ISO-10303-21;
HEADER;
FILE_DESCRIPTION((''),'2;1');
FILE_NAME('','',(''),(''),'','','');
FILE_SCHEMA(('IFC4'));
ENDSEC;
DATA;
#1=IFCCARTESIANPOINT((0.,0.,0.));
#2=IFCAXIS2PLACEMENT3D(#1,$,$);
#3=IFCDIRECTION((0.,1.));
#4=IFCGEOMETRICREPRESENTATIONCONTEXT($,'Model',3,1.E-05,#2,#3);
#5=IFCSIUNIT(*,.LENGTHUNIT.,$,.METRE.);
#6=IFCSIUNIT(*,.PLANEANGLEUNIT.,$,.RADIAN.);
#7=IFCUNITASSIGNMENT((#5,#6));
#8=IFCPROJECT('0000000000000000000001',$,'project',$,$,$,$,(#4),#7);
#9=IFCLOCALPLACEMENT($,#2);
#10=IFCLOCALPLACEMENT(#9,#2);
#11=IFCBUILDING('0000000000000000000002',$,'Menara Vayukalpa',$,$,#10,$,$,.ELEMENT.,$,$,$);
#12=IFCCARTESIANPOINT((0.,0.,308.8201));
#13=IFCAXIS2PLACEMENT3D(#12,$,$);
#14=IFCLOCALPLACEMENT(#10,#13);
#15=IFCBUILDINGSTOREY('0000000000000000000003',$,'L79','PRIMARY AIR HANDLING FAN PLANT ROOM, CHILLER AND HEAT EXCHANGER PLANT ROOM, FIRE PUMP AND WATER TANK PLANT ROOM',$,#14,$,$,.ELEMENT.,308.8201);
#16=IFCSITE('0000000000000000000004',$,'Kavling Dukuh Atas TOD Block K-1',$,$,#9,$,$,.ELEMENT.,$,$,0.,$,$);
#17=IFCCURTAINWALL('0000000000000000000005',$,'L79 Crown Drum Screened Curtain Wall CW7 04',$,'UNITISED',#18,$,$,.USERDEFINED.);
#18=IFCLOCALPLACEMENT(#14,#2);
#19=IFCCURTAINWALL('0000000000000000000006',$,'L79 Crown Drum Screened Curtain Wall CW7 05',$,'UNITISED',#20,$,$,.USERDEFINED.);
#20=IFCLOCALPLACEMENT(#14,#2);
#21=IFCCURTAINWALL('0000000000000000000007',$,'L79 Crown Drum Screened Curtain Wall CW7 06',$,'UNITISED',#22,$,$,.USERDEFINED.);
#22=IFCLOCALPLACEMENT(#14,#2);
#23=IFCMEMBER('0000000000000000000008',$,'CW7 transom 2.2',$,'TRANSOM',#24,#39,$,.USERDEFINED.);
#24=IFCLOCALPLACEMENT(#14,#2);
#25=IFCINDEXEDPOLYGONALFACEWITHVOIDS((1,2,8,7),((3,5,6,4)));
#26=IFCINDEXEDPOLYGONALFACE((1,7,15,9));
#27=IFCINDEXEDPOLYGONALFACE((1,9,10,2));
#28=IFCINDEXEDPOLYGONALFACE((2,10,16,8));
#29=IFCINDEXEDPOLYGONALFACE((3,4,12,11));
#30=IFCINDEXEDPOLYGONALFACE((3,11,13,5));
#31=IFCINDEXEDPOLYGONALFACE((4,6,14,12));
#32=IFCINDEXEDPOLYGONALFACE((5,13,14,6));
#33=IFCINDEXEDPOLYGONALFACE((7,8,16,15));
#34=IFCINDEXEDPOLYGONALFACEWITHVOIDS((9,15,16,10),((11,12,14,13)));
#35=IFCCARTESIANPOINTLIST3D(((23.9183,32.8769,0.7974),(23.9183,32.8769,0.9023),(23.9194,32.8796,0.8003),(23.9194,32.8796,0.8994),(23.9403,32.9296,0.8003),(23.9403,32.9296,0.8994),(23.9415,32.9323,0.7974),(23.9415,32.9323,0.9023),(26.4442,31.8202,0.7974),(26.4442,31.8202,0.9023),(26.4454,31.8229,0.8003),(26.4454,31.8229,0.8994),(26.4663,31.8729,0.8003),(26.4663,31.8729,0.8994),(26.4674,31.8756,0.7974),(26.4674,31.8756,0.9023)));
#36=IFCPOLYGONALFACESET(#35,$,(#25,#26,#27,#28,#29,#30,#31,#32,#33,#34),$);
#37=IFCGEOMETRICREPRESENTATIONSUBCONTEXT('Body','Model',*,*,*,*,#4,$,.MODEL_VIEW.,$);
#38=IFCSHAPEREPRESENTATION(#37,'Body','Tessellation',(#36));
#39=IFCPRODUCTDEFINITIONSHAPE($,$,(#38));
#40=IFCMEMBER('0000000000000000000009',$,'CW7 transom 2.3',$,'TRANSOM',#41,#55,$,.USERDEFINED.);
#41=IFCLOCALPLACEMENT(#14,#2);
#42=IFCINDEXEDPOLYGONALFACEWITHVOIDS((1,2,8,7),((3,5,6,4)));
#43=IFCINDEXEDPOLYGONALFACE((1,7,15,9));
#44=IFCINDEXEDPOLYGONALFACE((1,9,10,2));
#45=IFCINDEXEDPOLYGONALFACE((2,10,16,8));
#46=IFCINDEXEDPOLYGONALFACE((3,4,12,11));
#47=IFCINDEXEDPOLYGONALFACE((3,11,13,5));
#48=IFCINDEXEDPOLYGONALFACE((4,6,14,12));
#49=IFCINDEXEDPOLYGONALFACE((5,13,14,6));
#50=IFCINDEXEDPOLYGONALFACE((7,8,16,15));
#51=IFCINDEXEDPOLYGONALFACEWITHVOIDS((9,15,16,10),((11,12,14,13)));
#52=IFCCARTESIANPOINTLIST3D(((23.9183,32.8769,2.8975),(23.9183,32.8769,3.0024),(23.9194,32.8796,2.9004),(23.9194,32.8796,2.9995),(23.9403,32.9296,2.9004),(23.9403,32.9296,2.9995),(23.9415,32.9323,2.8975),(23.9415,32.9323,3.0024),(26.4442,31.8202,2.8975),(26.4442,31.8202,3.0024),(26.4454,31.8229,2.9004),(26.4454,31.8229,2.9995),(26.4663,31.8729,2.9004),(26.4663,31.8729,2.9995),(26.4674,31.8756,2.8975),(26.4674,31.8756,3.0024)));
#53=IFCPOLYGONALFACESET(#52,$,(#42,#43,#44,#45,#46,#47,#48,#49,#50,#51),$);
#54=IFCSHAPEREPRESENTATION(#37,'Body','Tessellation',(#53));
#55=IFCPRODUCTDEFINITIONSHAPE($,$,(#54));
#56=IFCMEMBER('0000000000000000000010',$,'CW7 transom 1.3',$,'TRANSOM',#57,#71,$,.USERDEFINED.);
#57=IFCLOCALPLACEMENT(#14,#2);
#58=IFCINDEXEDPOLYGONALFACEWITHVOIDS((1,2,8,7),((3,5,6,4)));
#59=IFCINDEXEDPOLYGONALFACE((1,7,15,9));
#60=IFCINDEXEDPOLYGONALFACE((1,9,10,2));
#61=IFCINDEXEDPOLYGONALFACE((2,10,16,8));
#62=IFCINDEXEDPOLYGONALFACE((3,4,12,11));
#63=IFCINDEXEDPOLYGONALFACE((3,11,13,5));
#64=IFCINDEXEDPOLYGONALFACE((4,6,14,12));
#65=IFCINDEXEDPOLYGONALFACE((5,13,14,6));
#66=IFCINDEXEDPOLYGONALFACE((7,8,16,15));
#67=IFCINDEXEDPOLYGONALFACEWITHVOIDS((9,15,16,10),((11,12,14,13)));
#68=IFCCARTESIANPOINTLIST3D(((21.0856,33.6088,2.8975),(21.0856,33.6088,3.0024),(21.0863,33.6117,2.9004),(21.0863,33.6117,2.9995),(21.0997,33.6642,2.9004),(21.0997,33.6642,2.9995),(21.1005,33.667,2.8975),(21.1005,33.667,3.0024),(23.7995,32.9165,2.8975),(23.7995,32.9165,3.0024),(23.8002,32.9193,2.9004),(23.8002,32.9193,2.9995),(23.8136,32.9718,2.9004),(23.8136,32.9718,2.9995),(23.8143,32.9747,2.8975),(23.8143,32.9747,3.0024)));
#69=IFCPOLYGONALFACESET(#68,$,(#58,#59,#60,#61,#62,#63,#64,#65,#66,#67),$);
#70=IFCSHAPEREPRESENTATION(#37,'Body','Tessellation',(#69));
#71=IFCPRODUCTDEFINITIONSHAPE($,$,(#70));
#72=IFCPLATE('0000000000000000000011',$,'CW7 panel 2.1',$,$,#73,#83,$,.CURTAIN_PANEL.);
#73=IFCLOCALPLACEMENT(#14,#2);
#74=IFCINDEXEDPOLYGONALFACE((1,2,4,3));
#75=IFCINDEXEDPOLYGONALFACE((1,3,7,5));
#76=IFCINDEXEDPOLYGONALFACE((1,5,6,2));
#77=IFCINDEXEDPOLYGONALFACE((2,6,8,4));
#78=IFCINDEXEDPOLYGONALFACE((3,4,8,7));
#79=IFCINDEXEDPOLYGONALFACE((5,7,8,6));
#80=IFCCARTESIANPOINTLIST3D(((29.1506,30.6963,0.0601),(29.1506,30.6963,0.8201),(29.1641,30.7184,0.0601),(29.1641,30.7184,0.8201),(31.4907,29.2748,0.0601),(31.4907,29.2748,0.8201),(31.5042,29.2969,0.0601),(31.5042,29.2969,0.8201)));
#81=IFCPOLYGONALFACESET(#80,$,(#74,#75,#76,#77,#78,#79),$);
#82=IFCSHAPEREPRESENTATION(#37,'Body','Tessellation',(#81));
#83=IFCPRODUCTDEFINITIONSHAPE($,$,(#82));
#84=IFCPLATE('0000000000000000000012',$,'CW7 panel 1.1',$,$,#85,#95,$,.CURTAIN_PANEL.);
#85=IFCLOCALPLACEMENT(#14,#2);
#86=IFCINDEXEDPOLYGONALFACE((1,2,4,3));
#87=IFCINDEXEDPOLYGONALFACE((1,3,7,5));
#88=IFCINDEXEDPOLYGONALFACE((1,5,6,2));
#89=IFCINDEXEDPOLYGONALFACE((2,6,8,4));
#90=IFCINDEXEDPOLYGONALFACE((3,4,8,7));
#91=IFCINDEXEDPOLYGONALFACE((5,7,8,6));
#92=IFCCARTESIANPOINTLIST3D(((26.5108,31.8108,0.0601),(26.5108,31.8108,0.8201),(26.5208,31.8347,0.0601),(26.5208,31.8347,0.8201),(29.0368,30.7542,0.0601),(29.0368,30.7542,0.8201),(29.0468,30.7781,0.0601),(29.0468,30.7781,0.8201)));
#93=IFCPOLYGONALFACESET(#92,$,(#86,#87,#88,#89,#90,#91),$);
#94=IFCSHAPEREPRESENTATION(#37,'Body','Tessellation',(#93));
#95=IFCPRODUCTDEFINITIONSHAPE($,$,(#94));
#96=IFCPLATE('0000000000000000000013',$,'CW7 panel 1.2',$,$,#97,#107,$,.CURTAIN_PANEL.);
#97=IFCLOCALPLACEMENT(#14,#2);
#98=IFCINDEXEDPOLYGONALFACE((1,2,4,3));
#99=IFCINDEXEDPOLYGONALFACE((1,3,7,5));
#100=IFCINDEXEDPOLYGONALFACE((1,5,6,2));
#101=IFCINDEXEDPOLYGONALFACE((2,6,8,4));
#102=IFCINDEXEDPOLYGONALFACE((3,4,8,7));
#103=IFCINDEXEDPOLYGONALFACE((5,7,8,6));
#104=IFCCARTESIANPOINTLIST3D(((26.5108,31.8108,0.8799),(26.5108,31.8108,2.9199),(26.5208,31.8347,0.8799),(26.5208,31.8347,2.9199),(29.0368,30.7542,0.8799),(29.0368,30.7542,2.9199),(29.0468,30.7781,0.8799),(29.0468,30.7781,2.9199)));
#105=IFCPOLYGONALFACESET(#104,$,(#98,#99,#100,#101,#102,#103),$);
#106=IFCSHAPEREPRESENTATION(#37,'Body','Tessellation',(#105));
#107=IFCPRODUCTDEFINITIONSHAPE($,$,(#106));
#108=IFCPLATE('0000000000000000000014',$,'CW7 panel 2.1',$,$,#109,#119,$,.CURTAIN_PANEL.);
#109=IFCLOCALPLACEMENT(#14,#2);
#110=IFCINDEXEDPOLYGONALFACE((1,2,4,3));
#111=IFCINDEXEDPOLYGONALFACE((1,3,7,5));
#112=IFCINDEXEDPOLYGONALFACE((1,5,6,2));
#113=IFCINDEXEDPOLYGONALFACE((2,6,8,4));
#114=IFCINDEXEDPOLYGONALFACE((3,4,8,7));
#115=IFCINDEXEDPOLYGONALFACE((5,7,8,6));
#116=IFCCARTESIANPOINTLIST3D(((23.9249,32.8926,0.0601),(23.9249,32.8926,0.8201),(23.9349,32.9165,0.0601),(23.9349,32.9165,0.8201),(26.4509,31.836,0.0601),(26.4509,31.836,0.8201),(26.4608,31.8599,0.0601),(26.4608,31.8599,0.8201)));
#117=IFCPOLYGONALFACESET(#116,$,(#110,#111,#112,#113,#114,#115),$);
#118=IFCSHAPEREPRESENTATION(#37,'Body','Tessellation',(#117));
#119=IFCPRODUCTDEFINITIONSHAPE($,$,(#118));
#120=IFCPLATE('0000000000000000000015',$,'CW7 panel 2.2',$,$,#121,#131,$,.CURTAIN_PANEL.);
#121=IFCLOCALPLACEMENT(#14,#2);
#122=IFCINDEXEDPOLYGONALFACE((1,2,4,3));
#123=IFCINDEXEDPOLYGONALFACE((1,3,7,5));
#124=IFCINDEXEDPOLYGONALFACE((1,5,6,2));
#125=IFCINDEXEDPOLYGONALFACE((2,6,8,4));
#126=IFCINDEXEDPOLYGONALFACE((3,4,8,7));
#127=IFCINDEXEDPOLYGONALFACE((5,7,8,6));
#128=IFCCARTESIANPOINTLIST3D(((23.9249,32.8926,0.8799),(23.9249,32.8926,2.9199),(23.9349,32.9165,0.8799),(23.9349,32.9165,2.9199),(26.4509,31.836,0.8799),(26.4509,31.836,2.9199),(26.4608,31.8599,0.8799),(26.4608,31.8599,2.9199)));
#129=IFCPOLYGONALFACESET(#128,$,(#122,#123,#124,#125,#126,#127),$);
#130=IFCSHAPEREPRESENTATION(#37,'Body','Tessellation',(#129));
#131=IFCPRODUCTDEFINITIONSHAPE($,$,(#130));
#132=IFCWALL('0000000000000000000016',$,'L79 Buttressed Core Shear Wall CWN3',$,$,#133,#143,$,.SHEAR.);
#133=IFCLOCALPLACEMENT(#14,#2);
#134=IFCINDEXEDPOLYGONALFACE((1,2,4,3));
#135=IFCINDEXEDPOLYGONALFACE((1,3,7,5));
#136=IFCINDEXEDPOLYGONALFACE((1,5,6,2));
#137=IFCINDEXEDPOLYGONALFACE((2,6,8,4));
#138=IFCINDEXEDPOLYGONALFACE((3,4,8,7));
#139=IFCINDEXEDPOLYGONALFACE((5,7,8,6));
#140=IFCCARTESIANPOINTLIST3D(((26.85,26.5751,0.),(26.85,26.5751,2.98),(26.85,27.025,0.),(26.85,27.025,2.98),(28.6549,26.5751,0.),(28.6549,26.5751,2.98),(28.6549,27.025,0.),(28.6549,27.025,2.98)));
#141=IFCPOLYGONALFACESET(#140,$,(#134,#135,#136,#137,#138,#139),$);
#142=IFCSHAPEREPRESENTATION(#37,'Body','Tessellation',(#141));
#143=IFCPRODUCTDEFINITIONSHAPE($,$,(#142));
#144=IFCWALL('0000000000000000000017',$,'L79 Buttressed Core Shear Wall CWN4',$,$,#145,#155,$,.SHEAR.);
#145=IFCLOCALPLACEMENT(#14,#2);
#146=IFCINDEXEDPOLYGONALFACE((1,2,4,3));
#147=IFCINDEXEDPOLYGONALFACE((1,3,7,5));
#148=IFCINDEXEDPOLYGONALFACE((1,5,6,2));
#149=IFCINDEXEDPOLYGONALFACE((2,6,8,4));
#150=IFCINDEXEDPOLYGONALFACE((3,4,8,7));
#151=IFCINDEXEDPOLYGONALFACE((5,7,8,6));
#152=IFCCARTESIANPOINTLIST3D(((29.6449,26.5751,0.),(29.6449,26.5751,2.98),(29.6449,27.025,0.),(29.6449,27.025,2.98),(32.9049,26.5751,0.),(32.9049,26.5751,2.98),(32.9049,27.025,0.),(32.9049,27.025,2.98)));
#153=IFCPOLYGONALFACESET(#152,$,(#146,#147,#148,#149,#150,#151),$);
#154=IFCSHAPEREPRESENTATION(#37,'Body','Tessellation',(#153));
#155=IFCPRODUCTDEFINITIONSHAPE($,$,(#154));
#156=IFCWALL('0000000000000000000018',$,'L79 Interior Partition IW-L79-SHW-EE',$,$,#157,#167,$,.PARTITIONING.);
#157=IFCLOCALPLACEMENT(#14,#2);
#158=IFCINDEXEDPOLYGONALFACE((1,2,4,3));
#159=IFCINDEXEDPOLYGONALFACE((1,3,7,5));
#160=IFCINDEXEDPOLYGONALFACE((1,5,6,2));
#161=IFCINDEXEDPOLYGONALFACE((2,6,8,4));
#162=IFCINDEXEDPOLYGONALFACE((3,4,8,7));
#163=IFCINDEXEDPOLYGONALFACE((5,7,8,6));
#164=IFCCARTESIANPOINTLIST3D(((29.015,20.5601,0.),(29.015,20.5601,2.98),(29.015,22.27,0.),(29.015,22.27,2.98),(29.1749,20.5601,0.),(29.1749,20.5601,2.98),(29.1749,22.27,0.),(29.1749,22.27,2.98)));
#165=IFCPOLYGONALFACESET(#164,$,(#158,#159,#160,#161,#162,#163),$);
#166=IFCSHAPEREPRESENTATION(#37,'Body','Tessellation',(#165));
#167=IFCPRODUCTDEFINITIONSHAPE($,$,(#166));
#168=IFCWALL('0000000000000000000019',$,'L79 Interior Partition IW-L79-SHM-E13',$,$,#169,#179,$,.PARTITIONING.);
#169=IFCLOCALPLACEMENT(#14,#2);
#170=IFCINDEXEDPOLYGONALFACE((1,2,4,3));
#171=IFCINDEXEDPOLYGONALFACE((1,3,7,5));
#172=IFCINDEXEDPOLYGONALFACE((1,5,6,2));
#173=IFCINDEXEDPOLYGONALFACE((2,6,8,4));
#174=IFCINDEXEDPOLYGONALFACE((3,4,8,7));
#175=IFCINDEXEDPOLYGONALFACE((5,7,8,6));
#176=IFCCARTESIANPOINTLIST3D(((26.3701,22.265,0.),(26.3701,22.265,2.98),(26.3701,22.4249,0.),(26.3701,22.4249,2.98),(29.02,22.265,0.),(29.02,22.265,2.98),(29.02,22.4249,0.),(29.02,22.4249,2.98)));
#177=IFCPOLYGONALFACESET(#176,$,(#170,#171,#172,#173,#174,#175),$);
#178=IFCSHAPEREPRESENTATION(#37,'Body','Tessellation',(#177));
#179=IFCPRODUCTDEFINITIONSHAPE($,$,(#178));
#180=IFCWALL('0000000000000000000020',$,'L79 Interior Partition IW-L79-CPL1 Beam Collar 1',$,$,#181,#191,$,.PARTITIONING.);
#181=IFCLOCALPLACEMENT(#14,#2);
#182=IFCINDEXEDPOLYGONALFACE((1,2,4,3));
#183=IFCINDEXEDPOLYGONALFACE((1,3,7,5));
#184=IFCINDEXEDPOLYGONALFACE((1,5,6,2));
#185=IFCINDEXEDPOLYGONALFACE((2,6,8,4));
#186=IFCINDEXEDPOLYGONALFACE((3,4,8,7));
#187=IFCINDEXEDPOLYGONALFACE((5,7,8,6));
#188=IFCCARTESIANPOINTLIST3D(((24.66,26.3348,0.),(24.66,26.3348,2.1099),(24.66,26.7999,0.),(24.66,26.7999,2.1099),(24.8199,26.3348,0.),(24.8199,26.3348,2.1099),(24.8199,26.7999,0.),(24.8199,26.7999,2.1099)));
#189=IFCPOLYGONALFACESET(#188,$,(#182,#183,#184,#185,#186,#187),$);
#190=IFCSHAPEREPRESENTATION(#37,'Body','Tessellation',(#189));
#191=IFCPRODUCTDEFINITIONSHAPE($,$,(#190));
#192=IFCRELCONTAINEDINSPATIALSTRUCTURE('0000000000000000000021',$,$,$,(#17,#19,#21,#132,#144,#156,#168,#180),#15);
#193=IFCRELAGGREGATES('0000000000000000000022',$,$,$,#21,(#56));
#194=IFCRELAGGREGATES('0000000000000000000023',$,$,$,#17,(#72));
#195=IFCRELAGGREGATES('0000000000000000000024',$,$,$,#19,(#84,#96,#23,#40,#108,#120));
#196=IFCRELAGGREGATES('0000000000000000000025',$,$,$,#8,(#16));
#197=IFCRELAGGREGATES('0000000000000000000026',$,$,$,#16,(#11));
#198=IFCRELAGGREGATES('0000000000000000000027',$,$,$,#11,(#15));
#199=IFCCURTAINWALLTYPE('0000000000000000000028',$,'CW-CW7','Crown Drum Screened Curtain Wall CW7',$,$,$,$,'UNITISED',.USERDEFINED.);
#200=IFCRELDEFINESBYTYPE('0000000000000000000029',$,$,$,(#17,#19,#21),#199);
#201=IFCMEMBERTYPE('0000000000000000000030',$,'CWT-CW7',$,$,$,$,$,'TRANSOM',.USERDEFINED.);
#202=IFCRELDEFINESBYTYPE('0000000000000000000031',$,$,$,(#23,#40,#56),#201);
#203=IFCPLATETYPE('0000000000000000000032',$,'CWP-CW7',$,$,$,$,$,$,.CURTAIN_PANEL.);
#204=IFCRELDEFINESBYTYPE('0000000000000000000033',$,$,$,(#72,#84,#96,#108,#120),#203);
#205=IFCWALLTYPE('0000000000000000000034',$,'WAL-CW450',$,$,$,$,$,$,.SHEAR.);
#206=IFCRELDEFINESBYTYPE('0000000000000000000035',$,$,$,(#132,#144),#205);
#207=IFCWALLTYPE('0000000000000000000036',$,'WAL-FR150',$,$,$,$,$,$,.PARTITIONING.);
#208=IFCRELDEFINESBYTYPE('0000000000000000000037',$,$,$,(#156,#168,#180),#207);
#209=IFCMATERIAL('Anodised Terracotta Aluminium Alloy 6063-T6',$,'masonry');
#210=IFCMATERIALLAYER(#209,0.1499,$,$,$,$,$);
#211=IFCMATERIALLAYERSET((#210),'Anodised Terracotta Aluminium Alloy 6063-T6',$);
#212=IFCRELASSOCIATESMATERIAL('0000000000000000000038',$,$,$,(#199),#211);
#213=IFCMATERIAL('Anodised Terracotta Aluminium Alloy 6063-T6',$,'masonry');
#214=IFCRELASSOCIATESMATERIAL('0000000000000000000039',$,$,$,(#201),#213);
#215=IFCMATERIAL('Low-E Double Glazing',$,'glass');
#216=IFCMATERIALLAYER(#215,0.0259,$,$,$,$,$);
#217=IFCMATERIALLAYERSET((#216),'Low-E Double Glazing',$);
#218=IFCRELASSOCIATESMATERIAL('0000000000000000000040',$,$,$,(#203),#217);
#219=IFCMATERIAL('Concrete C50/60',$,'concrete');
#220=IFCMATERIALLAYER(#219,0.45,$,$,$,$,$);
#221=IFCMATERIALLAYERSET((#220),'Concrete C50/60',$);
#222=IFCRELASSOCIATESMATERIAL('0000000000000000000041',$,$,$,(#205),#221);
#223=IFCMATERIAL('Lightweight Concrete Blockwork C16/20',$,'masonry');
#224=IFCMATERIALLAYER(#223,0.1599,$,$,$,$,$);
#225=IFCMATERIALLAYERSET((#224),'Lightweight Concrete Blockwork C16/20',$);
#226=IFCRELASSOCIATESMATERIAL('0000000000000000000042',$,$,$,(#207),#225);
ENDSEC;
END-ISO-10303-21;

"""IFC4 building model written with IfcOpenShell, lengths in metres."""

from ifc_helpers import new_model, si_unit, direction, frame, frame_2d, origin, origin_2d, place, context, subcontext, project, spatial, rectangle, hollow_rectangle, extrude, material, layer, layer_set, material_profile, profile_set, type_object, element, aggregate, save


model = new_model("IFC4")

# Units and contexts
model_context = context("Model", 3, precision=1e-05, world=origin(), true_north=direction((0.0, 1.0)))
body_context = subcontext(model_context, "Body", "Model", "MODEL_VIEW")
ifc_project = project(units=[si_unit("LENGTHUNIT", "METRE"), si_unit("PLANEANGLEUNIT", "RADIAN")], contexts=[model_context])

# Site, building, storey
site_placement = place(None, origin())
site = spatial("IfcSite", under=ifc_project, at=site_placement, Name="Kavling Dukuh Atas TOD Block K-1", CompositionType="ELEMENT", RefElevation=0.0)
building_placement = place(site_placement, origin())
building = spatial("IfcBuilding", under=site, at=building_placement, Name="Menara Vayukalpa", CompositionType="ELEMENT")
storey_placement = place(building_placement, frame((0.0, 0.0, 308.8201)))
storey = spatial("IfcBuildingStorey", under=building, at=storey_placement, Name="L79", Description="PRIMARY AIR HANDLING FAN PLANT ROOM, CHILLER AND HEAT EXCHANGER PLANT ROOM, FIRE PUMP AND WATER TANK PLANT ROOM", CompositionType="ELEMENT", Elevation=308.8201)

# Curtain wall
ifc_material_1 = material(Name="Anodised Terracotta Aluminium Alloy 6063-T6", Category="masonry")
ifc_layer_1 = layer(ifc_material_1, 0.1499)
ifc_layer_set_1 = layer_set([ifc_layer_1], Name="Anodised Terracotta Aluminium Alloy 6063-T6")
curtain_wall_type = type_object("IfcCurtainWallType", Name="CW-CW7", Description="Crown Drum Screened Curtain Wall CW7", ElementType="UNITISED", PredefinedType="USERDEFINED", material=ifc_layer_set_1)
curtain_wall_1_placement = place(storey_placement, origin())
curtain_wall_1 = element("IfcCurtainWall", 1, at=curtain_wall_1_placement, inside=storey, type_object=curtain_wall_type, Name="L79 Crown Drum Screened Curtain Wall CW7 04", ObjectType="UNITISED", PredefinedType="USERDEFINED")

# Curtain wall
curtain_wall_2_placement = place(storey_placement, origin())
curtain_wall_2 = element("IfcCurtainWall", 2, at=curtain_wall_2_placement, inside=storey, type_object=curtain_wall_type, Name="L79 Crown Drum Screened Curtain Wall CW7 05", ObjectType="UNITISED", PredefinedType="USERDEFINED")

# Curtain wall
curtain_wall_3_placement = place(storey_placement, origin())
curtain_wall_3 = element("IfcCurtainWall", 3, at=curtain_wall_3_placement, inside=storey, type_object=curtain_wall_type, Name="L79 Crown Drum Screened Curtain Wall CW7 06", ObjectType="UNITISED", PredefinedType="USERDEFINED")

# Members
ifc_material_2 = material(Name="Anodised Terracotta Aluminium Alloy 6063-T6", Category="masonry")
ifc_material_profile_1 = material_profile(ifc_material_2, hollow_rectangle(XDim=0.0601, YDim=0.105, WallThickness=0.0029, at=origin_2d()), Name="ALU 60x105x3")
ifc_profile_set_1 = profile_set([ifc_material_profile_1], Name="Anodised Terracotta Aluminium Alloy 6063-T6")
member_type_1 = type_object("IfcMemberType", Name="CWT-CW7", ElementType="TRANSOM", PredefinedType="USERDEFINED", material=ifc_profile_set_1)
member_1_placement = place(storey_placement, frame((26.4558, 31.8479, 0.8499), z_axis=(-0.922533, 0.385919, 0.0), x_axis=(-0.385919, -0.922533, 0.0)))
member_1 = element("IfcMember", 4, at=member_1_placement, type_object=member_type_1, Name="CW7 transom 2.2", ObjectType="TRANSOM", PredefinedType="USERDEFINED", context=body_context, shape_type="SweptSolid", body=[
    extrude(hollow_rectangle(XDim=0.0601, YDim=0.105, WallThickness=0.0029, at=origin_2d()), origin(), (0.0, 0.0, 1.0), 2.738),
])
member_2_placement = place(storey_placement, frame((26.4558, 31.8479, 2.95), z_axis=(-0.922533, 0.385919, 0.0), x_axis=(-0.385919, -0.922533, 0.0)))
member_2 = element("IfcMember", 5, at=member_2_placement, type_object=member_type_1, Name="CW7 transom 2.3", ObjectType="TRANSOM", PredefinedType="USERDEFINED", context=body_context, shape_type="SweptSolid", body=[
    extrude(hollow_rectangle(XDim=0.0601, YDim=0.105, WallThickness=0.0029, at=origin_2d()), origin(), (0.0, 0.0, 1.0), 2.738),
])
member_3_placement = place(storey_placement, frame((23.8069, 32.9456, 2.95), z_axis=(-0.968962, 0.247209, 0.0), x_axis=(-0.247209, -0.968962, 0.0)))
member_3 = element("IfcMember", 6, at=member_3_placement, type_object=member_type_1, Name="CW7 transom 1.3", ObjectType="TRANSOM", PredefinedType="USERDEFINED", context=body_context, shape_type="SweptSolid", body=[
    extrude(hollow_rectangle(XDim=0.0601, YDim=0.105, WallThickness=0.0029, at=origin_2d()), origin(), (0.0, 0.0, 1.0), 2.8008),
])
aggregate(curtain_wall_3, [member_3])

# Plates
ifc_material_3 = material(Name="Low-E Double Glazing", Category="glass")
ifc_layer_2 = layer(ifc_material_3, 0.0259)
ifc_layer_set_2 = layer_set([ifc_layer_2], Name="Low-E Double Glazing")
plate_type = type_object("IfcPlateType", Name="CWP-CW7", PredefinedType="CURTAIN_PANEL", material=ifc_layer_set_2)
plate_1_placement = place(storey_placement, frame((30.3274, 29.9966, 0.0601), z_axis=(0.0, 0.0, 1.0), x_axis=(-0.854667, 0.519176, 0.0)))
plate_1 = element("IfcPlate", 7, at=plate_1_placement, type_object=plate_type, Name="CW7 panel 2.1", PredefinedType="CURTAIN_PANEL", context=body_context, shape_type="SweptSolid", body=[
    extrude(rectangle(XDim=2.738, YDim=0.0259, at=origin_2d()), origin(), (0.0, 0.0, 1.0), 0.76),
])
aggregate(curtain_wall_1, [plate_1])
plate_2_placement = place(storey_placement, frame((27.7788, 31.2944, 0.0601), z_axis=(0.0, 0.0, 1.0), x_axis=(-0.922541, 0.385898, 0.0)))
plate_2 = element("IfcPlate", 8, at=plate_2_placement, type_object=plate_type, Name="CW7 panel 1.1", PredefinedType="CURTAIN_PANEL", context=body_context, shape_type="SweptSolid", body=[
    extrude(rectangle(XDim=2.738, YDim=0.0259, at=origin_2d()), origin(), (0.0, 0.0, 1.0), 0.76),
])
plate_3_placement = place(storey_placement, frame((27.7788, 31.2944, 0.8799), z_axis=(0.0, 0.0, 1.0), x_axis=(-0.922541, 0.385898, 0.0)))
plate_3 = element("IfcPlate", 9, at=plate_3_placement, type_object=plate_type, Name="CW7 panel 1.2", PredefinedType="CURTAIN_PANEL", context=body_context, shape_type="SweptSolid", body=[
    extrude(rectangle(XDim=2.738, YDim=0.0259, at=origin_2d()), origin(), (0.0, 0.0, 1.0), 2.04),
])
plate_4_placement = place(storey_placement, frame((25.1929, 32.3762, 0.0601), z_axis=(0.0, 0.0, 1.0), x_axis=(-0.922541, 0.385898, 0.0)))
plate_4 = element("IfcPlate", 10, at=plate_4_placement, type_object=plate_type, Name="CW7 panel 2.1", PredefinedType="CURTAIN_PANEL", context=body_context, shape_type="SweptSolid", body=[
    extrude(rectangle(XDim=2.738, YDim=0.0259, at=origin_2d()), origin(), (0.0, 0.0, 1.0), 0.76),
])
plate_5_placement = place(storey_placement, frame((25.1929, 32.3762, 0.8799), z_axis=(0.0, 0.0, 1.0), x_axis=(-0.922541, 0.385898, 0.0)))
plate_5 = element("IfcPlate", 11, at=plate_5_placement, type_object=plate_type, Name="CW7 panel 2.2", PredefinedType="CURTAIN_PANEL", context=body_context, shape_type="SweptSolid", body=[
    extrude(rectangle(XDim=2.738, YDim=0.0259, at=origin_2d()), origin(), (0.0, 0.0, 1.0), 2.04),
])
aggregate(curtain_wall_2, [plate_2, plate_3, member_1, member_2, plate_4, plate_5])

# Walls
ifc_material_4 = material(Name="Concrete C50/60", Category="concrete")
ifc_layer_3 = layer(ifc_material_4, 0.45)
ifc_layer_set_3 = layer_set([ifc_layer_3], Name="Concrete C50/60")
wall_type_1 = type_object("IfcWallType", Name="WAL-CW450", PredefinedType="SHEAR", material=ifc_layer_set_3)
wall_1_placement = place(storey_placement, frame((26.8501, 26.8, 0.0), z_axis=(0.0, 0.0, 1.0), x_axis=(1.0, 0.0, 0.0)))
element("IfcWall", 12, at=wall_1_placement, inside=storey, type_object=wall_type_1, Name="L79 Buttressed Core Shear Wall CWN3", PredefinedType="SHEAR", context=body_context, shape_type="SweptSolid", body=[
    extrude(rectangle(XDim=1.8049, YDim=0.45, at=frame_2d((0.9023, 0.0))), origin(), (0.0, 0.0, 1.0), 2.98),
])
wall_2_placement = place(storey_placement, frame((29.645, 26.8, 0.0), z_axis=(0.0, 0.0, 1.0), x_axis=(1.0, 0.0, 0.0)))
element("IfcWall", 13, at=wall_2_placement, inside=storey, type_object=wall_type_1, Name="L79 Buttressed Core Shear Wall CWN4", PredefinedType="SHEAR", context=body_context, shape_type="SweptSolid", body=[
    extrude(rectangle(XDim=3.26, YDim=0.45, at=frame_2d((1.6299, 0.0))), origin(), (0.0, 0.0, 1.0), 2.98),
])
ifc_material_5 = material(Name="Lightweight Concrete Blockwork C16/20", Category="masonry")
ifc_layer_4 = layer(ifc_material_5, 0.1599)
ifc_layer_set_4 = layer_set([ifc_layer_4], Name="Lightweight Concrete Blockwork C16/20")
wall_type_2 = type_object("IfcWallType", Name="WAL-FR150", PredefinedType="PARTITIONING", material=ifc_layer_set_4)
wall_3_placement = place(storey_placement, frame((29.095, 20.5601, 0.0), z_axis=(0.0, 0.0, 1.0), x_axis=(0.0, 1.0, 0.0)))
element("IfcWall", 14, at=wall_3_placement, inside=storey, type_object=wall_type_2, Name="L79 Interior Partition IW-L79-SHW-EE", PredefinedType="PARTITIONING", context=body_context, shape_type="SweptSolid", body=[
    extrude(rectangle(XDim=1.71, YDim=0.1599, at=frame_2d((0.855, 0.0))), origin(), (0.0, 0.0, 1.0), 2.98),
])
wall_4_placement = place(storey_placement, frame((26.3701, 22.345, 0.0), z_axis=(0.0, 0.0, 1.0), x_axis=(1.0, 0.0, 0.0)))
element("IfcWall", 15, at=wall_4_placement, inside=storey, type_object=wall_type_2, Name="L79 Interior Partition IW-L79-SHM-E13", PredefinedType="PARTITIONING", context=body_context, shape_type="SweptSolid", body=[
    extrude(rectangle(XDim=2.6499, YDim=0.1599, at=frame_2d((1.325, 0.0))), origin(), (0.0, 0.0, 1.0), 2.98),
])
wall_5_placement = place(storey_placement, frame((24.74, 26.335, 0.0), z_axis=(0.0, 0.0, 1.0), x_axis=(0.0, 1.0, 0.0)))
element("IfcWall", 16, at=wall_5_placement, inside=storey, type_object=wall_type_2, Name="L79 Interior Partition IW-L79-CPL1 Beam Collar 1", PredefinedType="PARTITIONING", context=body_context, shape_type="SweptSolid", body=[
    extrude(rectangle(XDim=0.4651, YDim=0.1599, at=frame_2d((0.2324, 0.0))), origin(), (0.0, 0.0, 1.0), 2.1099),
])

save(model, "model.ifc")
